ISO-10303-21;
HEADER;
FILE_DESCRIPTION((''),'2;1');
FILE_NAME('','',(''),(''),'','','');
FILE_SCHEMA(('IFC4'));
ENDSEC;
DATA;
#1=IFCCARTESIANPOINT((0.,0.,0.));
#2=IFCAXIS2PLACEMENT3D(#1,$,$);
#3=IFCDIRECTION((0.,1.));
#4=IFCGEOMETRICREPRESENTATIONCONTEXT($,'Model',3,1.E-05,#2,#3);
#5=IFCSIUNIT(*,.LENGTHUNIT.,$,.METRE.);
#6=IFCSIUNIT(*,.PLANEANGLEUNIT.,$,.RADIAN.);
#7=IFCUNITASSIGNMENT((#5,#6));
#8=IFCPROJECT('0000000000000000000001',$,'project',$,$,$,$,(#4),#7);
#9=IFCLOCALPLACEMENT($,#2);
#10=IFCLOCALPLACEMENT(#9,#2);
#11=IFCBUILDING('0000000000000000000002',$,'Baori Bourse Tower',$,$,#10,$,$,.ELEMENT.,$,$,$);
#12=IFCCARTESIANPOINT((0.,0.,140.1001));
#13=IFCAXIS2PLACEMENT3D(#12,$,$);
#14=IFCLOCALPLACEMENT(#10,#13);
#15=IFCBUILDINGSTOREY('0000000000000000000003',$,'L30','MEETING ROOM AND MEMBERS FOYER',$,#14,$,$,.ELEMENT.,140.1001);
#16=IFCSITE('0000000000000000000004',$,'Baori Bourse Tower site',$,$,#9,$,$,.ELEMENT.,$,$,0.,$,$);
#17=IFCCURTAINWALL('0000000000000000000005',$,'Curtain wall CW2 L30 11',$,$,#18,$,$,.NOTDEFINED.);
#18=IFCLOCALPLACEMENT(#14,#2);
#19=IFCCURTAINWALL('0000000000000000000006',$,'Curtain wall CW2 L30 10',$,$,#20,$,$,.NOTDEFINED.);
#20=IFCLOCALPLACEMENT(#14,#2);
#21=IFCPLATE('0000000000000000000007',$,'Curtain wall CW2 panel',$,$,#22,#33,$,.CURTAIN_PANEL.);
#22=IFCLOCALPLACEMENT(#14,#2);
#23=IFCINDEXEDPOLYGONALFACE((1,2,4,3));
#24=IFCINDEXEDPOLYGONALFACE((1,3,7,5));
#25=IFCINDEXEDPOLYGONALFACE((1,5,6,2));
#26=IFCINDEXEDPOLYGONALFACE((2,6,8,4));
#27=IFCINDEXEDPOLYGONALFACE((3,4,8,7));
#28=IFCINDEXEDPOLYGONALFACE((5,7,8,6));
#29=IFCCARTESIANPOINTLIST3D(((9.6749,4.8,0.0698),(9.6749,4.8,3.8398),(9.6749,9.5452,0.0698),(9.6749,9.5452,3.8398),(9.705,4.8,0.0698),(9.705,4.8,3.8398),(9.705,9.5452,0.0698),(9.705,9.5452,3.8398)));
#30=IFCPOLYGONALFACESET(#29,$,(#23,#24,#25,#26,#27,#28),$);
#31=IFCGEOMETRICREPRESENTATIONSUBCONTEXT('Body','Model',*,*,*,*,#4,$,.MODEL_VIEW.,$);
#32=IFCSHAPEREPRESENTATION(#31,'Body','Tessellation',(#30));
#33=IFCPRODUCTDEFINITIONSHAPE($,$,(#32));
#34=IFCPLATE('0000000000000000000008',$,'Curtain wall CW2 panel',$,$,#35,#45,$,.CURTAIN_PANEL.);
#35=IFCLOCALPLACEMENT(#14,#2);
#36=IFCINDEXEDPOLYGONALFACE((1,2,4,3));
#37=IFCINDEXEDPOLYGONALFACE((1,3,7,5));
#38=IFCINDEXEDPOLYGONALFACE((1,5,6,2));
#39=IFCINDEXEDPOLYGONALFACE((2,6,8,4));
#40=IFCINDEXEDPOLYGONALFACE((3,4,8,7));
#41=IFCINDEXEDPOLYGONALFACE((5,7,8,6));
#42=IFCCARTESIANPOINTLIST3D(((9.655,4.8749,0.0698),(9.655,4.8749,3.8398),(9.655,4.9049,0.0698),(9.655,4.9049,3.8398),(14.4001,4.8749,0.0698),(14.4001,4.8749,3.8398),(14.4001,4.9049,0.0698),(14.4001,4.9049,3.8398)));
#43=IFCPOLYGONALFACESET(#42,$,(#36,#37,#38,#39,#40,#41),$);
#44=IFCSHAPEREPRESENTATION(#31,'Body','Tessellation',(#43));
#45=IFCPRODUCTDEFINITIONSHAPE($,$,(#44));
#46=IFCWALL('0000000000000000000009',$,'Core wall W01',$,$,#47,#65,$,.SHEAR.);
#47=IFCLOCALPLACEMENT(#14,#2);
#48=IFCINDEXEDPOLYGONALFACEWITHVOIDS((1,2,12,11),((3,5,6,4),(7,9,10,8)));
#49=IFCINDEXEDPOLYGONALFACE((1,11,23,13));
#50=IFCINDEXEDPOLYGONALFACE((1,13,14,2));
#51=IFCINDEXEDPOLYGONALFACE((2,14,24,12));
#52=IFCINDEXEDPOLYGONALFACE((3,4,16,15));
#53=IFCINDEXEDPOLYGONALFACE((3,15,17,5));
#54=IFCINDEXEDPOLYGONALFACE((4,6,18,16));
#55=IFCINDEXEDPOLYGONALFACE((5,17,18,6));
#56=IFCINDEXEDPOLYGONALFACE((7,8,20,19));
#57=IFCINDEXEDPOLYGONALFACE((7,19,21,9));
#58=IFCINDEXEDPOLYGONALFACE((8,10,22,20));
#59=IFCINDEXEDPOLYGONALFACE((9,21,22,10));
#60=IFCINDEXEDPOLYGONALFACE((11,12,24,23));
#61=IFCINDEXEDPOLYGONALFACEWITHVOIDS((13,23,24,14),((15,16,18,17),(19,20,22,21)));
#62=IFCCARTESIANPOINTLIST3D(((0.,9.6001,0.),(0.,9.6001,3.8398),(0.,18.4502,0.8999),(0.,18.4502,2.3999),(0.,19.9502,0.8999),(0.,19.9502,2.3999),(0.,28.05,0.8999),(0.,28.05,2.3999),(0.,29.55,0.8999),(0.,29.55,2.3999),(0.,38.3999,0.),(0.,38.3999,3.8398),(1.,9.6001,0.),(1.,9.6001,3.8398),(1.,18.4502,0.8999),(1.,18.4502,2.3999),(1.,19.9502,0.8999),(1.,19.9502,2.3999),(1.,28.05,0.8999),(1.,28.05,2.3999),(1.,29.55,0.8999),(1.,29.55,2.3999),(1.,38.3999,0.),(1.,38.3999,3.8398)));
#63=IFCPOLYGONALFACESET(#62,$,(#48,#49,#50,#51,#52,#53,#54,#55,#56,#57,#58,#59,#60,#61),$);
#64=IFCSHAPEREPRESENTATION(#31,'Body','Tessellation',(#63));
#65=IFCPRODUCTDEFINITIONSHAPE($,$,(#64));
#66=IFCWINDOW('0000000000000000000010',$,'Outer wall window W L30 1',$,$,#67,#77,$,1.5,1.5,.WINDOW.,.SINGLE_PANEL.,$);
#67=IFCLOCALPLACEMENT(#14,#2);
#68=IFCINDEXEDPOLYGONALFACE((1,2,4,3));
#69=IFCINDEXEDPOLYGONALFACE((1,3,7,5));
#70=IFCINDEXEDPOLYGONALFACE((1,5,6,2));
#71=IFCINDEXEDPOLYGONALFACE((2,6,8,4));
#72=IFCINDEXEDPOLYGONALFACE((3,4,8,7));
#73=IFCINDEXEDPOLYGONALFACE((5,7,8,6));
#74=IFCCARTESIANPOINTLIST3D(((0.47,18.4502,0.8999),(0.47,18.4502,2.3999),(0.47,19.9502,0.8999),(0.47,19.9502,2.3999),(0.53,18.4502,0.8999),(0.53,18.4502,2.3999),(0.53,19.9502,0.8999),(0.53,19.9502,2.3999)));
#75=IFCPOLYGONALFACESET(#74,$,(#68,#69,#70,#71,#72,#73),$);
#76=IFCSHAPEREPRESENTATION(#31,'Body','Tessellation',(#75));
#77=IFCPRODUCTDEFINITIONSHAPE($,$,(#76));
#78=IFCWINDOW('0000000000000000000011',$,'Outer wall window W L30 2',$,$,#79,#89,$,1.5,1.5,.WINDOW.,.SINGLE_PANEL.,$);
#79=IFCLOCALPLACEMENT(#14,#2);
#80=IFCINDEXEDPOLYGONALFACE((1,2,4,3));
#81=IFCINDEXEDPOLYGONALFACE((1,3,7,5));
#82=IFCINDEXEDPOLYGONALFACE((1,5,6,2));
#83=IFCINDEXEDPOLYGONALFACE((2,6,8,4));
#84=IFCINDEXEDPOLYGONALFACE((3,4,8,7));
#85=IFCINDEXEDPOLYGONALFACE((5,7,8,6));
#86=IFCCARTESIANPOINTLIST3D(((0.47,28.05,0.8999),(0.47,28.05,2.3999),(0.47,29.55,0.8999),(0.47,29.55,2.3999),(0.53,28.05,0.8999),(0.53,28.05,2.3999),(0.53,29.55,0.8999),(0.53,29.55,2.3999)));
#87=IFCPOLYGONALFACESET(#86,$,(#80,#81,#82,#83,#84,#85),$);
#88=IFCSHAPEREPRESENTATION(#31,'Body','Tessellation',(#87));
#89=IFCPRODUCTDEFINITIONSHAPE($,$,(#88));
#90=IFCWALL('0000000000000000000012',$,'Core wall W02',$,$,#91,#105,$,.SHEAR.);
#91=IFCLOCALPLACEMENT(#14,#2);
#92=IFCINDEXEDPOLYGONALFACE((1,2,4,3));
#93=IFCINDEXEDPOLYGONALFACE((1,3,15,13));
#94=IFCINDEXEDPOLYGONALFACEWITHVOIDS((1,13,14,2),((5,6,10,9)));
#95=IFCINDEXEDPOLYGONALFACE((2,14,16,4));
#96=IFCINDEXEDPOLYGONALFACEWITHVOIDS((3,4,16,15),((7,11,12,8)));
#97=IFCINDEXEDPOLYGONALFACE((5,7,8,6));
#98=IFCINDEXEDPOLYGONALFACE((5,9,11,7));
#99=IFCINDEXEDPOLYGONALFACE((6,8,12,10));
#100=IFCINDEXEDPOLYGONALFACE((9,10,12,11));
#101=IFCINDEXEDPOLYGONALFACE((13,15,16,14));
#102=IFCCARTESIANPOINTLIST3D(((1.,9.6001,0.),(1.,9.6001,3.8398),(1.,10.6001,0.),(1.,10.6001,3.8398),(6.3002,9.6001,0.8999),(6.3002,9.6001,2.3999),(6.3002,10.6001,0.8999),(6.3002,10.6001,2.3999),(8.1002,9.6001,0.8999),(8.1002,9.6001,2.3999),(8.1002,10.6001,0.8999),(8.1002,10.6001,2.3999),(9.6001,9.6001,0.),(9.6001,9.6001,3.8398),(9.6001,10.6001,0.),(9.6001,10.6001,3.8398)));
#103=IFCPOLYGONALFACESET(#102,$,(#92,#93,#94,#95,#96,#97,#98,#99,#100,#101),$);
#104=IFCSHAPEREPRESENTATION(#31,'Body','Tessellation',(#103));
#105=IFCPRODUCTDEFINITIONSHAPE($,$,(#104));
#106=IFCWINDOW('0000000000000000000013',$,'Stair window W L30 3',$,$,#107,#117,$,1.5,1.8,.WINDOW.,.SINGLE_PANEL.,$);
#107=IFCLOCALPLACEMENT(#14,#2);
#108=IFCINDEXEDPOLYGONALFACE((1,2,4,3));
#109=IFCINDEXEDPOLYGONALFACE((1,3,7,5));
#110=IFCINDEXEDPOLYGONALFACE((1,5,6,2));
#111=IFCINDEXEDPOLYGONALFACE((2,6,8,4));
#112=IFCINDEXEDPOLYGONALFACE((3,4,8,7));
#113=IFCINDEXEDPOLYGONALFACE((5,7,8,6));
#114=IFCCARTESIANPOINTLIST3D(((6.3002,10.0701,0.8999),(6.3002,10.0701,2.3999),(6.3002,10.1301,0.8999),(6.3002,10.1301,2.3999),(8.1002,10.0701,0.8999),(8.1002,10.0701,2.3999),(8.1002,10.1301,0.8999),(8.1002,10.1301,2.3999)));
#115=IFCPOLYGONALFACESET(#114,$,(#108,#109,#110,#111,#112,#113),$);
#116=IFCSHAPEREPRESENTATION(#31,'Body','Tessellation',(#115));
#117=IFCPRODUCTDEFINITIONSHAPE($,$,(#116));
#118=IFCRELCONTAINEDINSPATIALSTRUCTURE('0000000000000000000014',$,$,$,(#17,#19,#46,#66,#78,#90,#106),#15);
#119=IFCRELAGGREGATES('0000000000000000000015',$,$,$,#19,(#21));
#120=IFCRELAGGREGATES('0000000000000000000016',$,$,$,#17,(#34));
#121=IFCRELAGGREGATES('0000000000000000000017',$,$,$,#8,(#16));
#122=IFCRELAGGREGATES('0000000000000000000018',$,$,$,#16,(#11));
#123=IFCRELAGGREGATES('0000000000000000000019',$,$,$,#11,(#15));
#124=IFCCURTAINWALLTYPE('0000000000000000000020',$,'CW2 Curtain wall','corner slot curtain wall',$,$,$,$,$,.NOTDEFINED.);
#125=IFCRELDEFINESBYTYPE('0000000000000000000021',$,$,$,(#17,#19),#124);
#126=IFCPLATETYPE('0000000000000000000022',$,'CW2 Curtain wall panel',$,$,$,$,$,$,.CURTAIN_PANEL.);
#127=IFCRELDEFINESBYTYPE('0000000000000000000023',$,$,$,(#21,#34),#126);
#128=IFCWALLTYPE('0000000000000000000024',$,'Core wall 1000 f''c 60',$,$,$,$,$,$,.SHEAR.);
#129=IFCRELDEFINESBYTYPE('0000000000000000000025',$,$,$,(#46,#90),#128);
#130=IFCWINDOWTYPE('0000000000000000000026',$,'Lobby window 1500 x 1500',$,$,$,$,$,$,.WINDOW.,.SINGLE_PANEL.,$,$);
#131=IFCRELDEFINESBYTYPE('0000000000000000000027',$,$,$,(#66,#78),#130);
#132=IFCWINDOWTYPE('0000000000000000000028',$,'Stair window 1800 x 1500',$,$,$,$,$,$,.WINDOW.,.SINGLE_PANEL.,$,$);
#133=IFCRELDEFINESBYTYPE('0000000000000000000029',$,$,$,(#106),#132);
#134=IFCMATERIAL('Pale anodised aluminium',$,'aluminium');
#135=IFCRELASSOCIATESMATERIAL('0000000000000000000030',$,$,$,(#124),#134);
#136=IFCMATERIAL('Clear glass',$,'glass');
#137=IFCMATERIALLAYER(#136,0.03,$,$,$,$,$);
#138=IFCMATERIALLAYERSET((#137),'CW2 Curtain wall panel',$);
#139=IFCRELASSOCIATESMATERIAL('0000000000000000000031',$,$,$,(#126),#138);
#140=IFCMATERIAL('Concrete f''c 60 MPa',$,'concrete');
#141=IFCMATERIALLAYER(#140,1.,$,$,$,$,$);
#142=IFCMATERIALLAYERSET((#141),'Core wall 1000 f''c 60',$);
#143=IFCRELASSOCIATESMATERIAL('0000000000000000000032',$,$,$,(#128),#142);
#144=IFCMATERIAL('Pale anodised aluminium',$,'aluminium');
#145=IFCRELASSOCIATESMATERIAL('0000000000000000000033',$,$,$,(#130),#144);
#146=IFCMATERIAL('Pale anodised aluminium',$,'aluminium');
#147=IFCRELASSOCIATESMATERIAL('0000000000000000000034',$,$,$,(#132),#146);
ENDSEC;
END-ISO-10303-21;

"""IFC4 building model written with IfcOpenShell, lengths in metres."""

from ifc_helpers import new_model, si_unit, direction, frame, frame_2d, origin, origin_2d, place, context, subcontext, project, spatial, rectangle, extrude, material, layer, layer_set, type_object, element, fill, aggregate, save


model = new_model("IFC4")

# Units and contexts
model_context = context("Model", 3, precision=1e-05, world=origin(), true_north=direction((0.0, 1.0)))
body_context = subcontext(model_context, "Body", "Model", "MODEL_VIEW")
ifc_project = project(units=[si_unit("LENGTHUNIT", "METRE"), si_unit("PLANEANGLEUNIT", "RADIAN")], contexts=[model_context])

# Site, building, storey
site_placement = place(None, origin())
site = spatial("IfcSite", under=ifc_project, at=site_placement, Name="Baori Bourse Tower site", CompositionType="ELEMENT", RefElevation=0.0)
building_placement = place(site_placement, origin())
building = spatial("IfcBuilding", under=site, at=building_placement, Name="Baori Bourse Tower", CompositionType="ELEMENT")
storey_placement = place(building_placement, frame((0.0, 0.0, 140.1001)))
storey = spatial("IfcBuildingStorey", under=building, at=storey_placement, Name="L30", Description="MEETING ROOM AND MEMBERS FOYER", CompositionType="ELEMENT", Elevation=140.1001)

# Curtain walls
ifc_material_1 = material(Name="Pale anodised aluminium", Category="aluminium")
curtain_wall_type = type_object("IfcCurtainWallType", Name="CW2 Curtain wall", Description="corner slot curtain wall", PredefinedType="NOTDEFINED", material=ifc_material_1)
curtain_wall_1_placement = place(storey_placement, origin())
curtain_wall_1 = element("IfcCurtainWall", 1, at=curtain_wall_1_placement, inside=storey, type_object=curtain_wall_type, Name="Curtain wall CW2 L30 11", PredefinedType="NOTDEFINED")
curtain_wall_2_placement = place(storey_placement, origin())
curtain_wall_2 = element("IfcCurtainWall", 2, at=curtain_wall_2_placement, inside=storey, type_object=curtain_wall_type, Name="Curtain wall CW2 L30 10", PredefinedType="NOTDEFINED")

# Plates
ifc_material_2 = material(Name="Clear glass", Category="glass")
ifc_layer_1 = layer(ifc_material_2, 0.03)
ifc_layer_set_1 = layer_set([ifc_layer_1], Name="CW2 Curtain wall panel")
plate_type = type_object("IfcPlateType", Name="CW2 Curtain wall panel", PredefinedType="CURTAIN_PANEL", material=ifc_layer_set_1)
plate_1_placement = place(storey_placement, frame((9.6899, 7.1726, 0.0698), z_axis=(0.0, 0.0, 1.0), x_axis=(0.0, -1.0, 0.0)))
plate_1 = element("IfcPlate", 3, at=plate_1_placement, type_object=plate_type, Name="Curtain wall CW2 panel", PredefinedType="CURTAIN_PANEL", context=body_context, shape_type="SweptSolid", body=[
    extrude(rectangle(XDim=4.7451, YDim=0.03, at=origin_2d()), origin(), (0.0, 0.0, 1.0), 3.77),
])
aggregate(curtain_wall_2, [plate_1])
plate_2_placement = place(storey_placement, frame((12.0276, 4.8899, 0.0698), z_axis=(0.0, 0.0, 1.0), x_axis=(1.0, 0.0, 0.0)))
plate_2 = element("IfcPlate", 4, at=plate_2_placement, type_object=plate_type, Name="Curtain wall CW2 panel", PredefinedType="CURTAIN_PANEL", context=body_context, shape_type="SweptSolid", body=[
    extrude(rectangle(XDim=4.7451, YDim=0.03, at=origin_2d()), origin(), (0.0, 0.0, 1.0), 3.77),
])
aggregate(curtain_wall_1, [plate_2])

# Wall, openings, windows
ifc_material_3 = material(Name="Concrete f'c 60 MPa", Category="concrete")
ifc_layer_2 = layer(ifc_material_3, 1.0)
ifc_layer_set_2 = layer_set([ifc_layer_2], Name="Core wall 1000 f'c 60")
wall_type_1 = type_object("IfcWallType", Name="Core wall 1000 f'c 60", PredefinedType="SHEAR", material=ifc_layer_set_2)
wall_1_placement = place(storey_placement, frame((0.5, 9.6001, 0.0), z_axis=(0.0, 0.0, 1.0), x_axis=(0.0, 1.0, 0.0)))
wall_1 = element("IfcWall", 5, at=wall_1_placement, inside=storey, type_object=wall_type_1, Name="Core wall W01", PredefinedType="SHEAR", context=body_context, shape_type="SweptSolid", body=[
    extrude(rectangle(XDim=28.7998, YDim=1.0, at=frame_2d((14.3999, 0.0))), origin(), (0.0, 0.0, 1.0), 3.8398),
])
opening_1_placement = place(wall_1_placement, frame((8.8501, 0.0, 0.8999)))
opening_1 = element("IfcOpeningElement", 6, at=opening_1_placement, cuts=wall_1, PredefinedType="OPENING", context=body_context, shape_type="SweptSolid", body=[
    extrude(rectangle(XDim=1.5, YDim=1.5, at=frame_2d((0.75, 0.75))), frame((0.0, 0.51, 0.0), z_axis=(0.0, -1.0, 0.0), x_axis=(1.0, 0.0, 0.0)), (0.0, 0.0, 1.0), 1.02),
])
opening_2_placement = place(wall_1_placement, frame((18.45, 0.0, 0.8999)))
opening_2 = element("IfcOpeningElement", 7, at=opening_2_placement, cuts=wall_1, PredefinedType="OPENING", context=body_context, shape_type="SweptSolid", body=[
    extrude(rectangle(XDim=1.5, YDim=1.5, at=frame_2d((0.75, 0.75))), frame((0.0, 0.51, 0.0), z_axis=(0.0, -1.0, 0.0), x_axis=(1.0, 0.0, 0.0)), (0.0, 0.0, 1.0), 1.02),
])
ifc_material_4 = material(Name="Pale anodised aluminium", Category="aluminium")
window_type_1 = type_object("IfcWindowType", Name="Lobby window 1500 x 1500", PartitioningType="SINGLE_PANEL", PredefinedType="WINDOW", material=ifc_material_4)
window_1_placement = place(opening_1_placement, origin())
window_1 = element("IfcWindow", 8, at=window_1_placement, inside=storey, type_object=window_type_1, Name="Outer wall window W L30 1", OverallHeight=1.5, OverallWidth=1.5, PartitioningType="SINGLE_PANEL", PredefinedType="WINDOW", context=body_context, shape_type="SweptSolid", body=[
    extrude(rectangle(XDim=1.5, YDim=1.5, at=frame_2d((0.75, 0.75))), frame((0.0, 0.03, 0.0), z_axis=(0.0, -1.0, 0.0), x_axis=(1.0, 0.0, 0.0)), (0.0, 0.0, 1.0), 0.0601),
])
fill(opening_1, window_1)
window_2_placement = place(opening_2_placement, origin())
window_2 = element("IfcWindow", 9, at=window_2_placement, inside=storey, type_object=window_type_1, Name="Outer wall window W L30 2", OverallHeight=1.5, OverallWidth=1.5, PartitioningType="SINGLE_PANEL", PredefinedType="WINDOW", context=body_context, shape_type="SweptSolid", body=[
    extrude(rectangle(XDim=1.5, YDim=1.5, at=frame_2d((0.75, 0.75))), frame((0.0, 0.03, 0.0), z_axis=(0.0, -1.0, 0.0), x_axis=(1.0, 0.0, 0.0)), (0.0, 0.0, 1.0), 0.0601),
])
fill(opening_2, window_2)

# Wall, opening, window
wall_2_placement = place(storey_placement, frame((9.6001, 10.1001, 0.0), z_axis=(0.0, 0.0, 1.0), x_axis=(-1.0, 0.0, 0.0)))
wall_2 = element("IfcWall", 10, at=wall_2_placement, inside=storey, type_object=wall_type_1, Name="Core wall W02", PredefinedType="SHEAR", context=body_context, shape_type="SweptSolid", body=[
    extrude(rectangle(XDim=8.6001, YDim=1.0, at=frame_2d((4.3, 0.0))), origin(), (0.0, 0.0, 1.0), 3.8398),
])
opening_3_placement = place(wall_2_placement, frame((1.5, 0.0, 0.8999)))
opening_3 = element("IfcOpeningElement", 11, at=opening_3_placement, cuts=wall_2, PredefinedType="OPENING", context=body_context, shape_type="SweptSolid", body=[
    extrude(rectangle(XDim=1.8, YDim=1.5, at=frame_2d((0.8999, 0.75))), frame((0.0, 0.51, 0.0), z_axis=(0.0, -1.0, 0.0), x_axis=(1.0, 0.0, 0.0)), (0.0, 0.0, 1.0), 1.02),
])
ifc_material_5 = material(Name="Pale anodised aluminium", Category="aluminium")
window_type_2 = type_object("IfcWindowType", Name="Stair window 1800 x 1500", PartitioningType="SINGLE_PANEL", PredefinedType="WINDOW", material=ifc_material_5)
window_3_placement = place(opening_3_placement, origin())
window_3 = element("IfcWindow", 12, at=window_3_placement, inside=storey, type_object=window_type_2, Name="Stair window W L30 3", OverallHeight=1.5, OverallWidth=1.8, PartitioningType="SINGLE_PANEL", PredefinedType="WINDOW", context=body_context, shape_type="SweptSolid", body=[
    extrude(rectangle(XDim=1.8, YDim=1.5, at=frame_2d((0.8999, 0.75))), frame((0.0, 0.03, 0.0), z_axis=(0.0, -1.0, 0.0), x_axis=(1.0, 0.0, 0.0)), (0.0, 0.0, 1.0), 0.0601),
])
fill(opening_3, window_3)

save(model, "model.ifc")
